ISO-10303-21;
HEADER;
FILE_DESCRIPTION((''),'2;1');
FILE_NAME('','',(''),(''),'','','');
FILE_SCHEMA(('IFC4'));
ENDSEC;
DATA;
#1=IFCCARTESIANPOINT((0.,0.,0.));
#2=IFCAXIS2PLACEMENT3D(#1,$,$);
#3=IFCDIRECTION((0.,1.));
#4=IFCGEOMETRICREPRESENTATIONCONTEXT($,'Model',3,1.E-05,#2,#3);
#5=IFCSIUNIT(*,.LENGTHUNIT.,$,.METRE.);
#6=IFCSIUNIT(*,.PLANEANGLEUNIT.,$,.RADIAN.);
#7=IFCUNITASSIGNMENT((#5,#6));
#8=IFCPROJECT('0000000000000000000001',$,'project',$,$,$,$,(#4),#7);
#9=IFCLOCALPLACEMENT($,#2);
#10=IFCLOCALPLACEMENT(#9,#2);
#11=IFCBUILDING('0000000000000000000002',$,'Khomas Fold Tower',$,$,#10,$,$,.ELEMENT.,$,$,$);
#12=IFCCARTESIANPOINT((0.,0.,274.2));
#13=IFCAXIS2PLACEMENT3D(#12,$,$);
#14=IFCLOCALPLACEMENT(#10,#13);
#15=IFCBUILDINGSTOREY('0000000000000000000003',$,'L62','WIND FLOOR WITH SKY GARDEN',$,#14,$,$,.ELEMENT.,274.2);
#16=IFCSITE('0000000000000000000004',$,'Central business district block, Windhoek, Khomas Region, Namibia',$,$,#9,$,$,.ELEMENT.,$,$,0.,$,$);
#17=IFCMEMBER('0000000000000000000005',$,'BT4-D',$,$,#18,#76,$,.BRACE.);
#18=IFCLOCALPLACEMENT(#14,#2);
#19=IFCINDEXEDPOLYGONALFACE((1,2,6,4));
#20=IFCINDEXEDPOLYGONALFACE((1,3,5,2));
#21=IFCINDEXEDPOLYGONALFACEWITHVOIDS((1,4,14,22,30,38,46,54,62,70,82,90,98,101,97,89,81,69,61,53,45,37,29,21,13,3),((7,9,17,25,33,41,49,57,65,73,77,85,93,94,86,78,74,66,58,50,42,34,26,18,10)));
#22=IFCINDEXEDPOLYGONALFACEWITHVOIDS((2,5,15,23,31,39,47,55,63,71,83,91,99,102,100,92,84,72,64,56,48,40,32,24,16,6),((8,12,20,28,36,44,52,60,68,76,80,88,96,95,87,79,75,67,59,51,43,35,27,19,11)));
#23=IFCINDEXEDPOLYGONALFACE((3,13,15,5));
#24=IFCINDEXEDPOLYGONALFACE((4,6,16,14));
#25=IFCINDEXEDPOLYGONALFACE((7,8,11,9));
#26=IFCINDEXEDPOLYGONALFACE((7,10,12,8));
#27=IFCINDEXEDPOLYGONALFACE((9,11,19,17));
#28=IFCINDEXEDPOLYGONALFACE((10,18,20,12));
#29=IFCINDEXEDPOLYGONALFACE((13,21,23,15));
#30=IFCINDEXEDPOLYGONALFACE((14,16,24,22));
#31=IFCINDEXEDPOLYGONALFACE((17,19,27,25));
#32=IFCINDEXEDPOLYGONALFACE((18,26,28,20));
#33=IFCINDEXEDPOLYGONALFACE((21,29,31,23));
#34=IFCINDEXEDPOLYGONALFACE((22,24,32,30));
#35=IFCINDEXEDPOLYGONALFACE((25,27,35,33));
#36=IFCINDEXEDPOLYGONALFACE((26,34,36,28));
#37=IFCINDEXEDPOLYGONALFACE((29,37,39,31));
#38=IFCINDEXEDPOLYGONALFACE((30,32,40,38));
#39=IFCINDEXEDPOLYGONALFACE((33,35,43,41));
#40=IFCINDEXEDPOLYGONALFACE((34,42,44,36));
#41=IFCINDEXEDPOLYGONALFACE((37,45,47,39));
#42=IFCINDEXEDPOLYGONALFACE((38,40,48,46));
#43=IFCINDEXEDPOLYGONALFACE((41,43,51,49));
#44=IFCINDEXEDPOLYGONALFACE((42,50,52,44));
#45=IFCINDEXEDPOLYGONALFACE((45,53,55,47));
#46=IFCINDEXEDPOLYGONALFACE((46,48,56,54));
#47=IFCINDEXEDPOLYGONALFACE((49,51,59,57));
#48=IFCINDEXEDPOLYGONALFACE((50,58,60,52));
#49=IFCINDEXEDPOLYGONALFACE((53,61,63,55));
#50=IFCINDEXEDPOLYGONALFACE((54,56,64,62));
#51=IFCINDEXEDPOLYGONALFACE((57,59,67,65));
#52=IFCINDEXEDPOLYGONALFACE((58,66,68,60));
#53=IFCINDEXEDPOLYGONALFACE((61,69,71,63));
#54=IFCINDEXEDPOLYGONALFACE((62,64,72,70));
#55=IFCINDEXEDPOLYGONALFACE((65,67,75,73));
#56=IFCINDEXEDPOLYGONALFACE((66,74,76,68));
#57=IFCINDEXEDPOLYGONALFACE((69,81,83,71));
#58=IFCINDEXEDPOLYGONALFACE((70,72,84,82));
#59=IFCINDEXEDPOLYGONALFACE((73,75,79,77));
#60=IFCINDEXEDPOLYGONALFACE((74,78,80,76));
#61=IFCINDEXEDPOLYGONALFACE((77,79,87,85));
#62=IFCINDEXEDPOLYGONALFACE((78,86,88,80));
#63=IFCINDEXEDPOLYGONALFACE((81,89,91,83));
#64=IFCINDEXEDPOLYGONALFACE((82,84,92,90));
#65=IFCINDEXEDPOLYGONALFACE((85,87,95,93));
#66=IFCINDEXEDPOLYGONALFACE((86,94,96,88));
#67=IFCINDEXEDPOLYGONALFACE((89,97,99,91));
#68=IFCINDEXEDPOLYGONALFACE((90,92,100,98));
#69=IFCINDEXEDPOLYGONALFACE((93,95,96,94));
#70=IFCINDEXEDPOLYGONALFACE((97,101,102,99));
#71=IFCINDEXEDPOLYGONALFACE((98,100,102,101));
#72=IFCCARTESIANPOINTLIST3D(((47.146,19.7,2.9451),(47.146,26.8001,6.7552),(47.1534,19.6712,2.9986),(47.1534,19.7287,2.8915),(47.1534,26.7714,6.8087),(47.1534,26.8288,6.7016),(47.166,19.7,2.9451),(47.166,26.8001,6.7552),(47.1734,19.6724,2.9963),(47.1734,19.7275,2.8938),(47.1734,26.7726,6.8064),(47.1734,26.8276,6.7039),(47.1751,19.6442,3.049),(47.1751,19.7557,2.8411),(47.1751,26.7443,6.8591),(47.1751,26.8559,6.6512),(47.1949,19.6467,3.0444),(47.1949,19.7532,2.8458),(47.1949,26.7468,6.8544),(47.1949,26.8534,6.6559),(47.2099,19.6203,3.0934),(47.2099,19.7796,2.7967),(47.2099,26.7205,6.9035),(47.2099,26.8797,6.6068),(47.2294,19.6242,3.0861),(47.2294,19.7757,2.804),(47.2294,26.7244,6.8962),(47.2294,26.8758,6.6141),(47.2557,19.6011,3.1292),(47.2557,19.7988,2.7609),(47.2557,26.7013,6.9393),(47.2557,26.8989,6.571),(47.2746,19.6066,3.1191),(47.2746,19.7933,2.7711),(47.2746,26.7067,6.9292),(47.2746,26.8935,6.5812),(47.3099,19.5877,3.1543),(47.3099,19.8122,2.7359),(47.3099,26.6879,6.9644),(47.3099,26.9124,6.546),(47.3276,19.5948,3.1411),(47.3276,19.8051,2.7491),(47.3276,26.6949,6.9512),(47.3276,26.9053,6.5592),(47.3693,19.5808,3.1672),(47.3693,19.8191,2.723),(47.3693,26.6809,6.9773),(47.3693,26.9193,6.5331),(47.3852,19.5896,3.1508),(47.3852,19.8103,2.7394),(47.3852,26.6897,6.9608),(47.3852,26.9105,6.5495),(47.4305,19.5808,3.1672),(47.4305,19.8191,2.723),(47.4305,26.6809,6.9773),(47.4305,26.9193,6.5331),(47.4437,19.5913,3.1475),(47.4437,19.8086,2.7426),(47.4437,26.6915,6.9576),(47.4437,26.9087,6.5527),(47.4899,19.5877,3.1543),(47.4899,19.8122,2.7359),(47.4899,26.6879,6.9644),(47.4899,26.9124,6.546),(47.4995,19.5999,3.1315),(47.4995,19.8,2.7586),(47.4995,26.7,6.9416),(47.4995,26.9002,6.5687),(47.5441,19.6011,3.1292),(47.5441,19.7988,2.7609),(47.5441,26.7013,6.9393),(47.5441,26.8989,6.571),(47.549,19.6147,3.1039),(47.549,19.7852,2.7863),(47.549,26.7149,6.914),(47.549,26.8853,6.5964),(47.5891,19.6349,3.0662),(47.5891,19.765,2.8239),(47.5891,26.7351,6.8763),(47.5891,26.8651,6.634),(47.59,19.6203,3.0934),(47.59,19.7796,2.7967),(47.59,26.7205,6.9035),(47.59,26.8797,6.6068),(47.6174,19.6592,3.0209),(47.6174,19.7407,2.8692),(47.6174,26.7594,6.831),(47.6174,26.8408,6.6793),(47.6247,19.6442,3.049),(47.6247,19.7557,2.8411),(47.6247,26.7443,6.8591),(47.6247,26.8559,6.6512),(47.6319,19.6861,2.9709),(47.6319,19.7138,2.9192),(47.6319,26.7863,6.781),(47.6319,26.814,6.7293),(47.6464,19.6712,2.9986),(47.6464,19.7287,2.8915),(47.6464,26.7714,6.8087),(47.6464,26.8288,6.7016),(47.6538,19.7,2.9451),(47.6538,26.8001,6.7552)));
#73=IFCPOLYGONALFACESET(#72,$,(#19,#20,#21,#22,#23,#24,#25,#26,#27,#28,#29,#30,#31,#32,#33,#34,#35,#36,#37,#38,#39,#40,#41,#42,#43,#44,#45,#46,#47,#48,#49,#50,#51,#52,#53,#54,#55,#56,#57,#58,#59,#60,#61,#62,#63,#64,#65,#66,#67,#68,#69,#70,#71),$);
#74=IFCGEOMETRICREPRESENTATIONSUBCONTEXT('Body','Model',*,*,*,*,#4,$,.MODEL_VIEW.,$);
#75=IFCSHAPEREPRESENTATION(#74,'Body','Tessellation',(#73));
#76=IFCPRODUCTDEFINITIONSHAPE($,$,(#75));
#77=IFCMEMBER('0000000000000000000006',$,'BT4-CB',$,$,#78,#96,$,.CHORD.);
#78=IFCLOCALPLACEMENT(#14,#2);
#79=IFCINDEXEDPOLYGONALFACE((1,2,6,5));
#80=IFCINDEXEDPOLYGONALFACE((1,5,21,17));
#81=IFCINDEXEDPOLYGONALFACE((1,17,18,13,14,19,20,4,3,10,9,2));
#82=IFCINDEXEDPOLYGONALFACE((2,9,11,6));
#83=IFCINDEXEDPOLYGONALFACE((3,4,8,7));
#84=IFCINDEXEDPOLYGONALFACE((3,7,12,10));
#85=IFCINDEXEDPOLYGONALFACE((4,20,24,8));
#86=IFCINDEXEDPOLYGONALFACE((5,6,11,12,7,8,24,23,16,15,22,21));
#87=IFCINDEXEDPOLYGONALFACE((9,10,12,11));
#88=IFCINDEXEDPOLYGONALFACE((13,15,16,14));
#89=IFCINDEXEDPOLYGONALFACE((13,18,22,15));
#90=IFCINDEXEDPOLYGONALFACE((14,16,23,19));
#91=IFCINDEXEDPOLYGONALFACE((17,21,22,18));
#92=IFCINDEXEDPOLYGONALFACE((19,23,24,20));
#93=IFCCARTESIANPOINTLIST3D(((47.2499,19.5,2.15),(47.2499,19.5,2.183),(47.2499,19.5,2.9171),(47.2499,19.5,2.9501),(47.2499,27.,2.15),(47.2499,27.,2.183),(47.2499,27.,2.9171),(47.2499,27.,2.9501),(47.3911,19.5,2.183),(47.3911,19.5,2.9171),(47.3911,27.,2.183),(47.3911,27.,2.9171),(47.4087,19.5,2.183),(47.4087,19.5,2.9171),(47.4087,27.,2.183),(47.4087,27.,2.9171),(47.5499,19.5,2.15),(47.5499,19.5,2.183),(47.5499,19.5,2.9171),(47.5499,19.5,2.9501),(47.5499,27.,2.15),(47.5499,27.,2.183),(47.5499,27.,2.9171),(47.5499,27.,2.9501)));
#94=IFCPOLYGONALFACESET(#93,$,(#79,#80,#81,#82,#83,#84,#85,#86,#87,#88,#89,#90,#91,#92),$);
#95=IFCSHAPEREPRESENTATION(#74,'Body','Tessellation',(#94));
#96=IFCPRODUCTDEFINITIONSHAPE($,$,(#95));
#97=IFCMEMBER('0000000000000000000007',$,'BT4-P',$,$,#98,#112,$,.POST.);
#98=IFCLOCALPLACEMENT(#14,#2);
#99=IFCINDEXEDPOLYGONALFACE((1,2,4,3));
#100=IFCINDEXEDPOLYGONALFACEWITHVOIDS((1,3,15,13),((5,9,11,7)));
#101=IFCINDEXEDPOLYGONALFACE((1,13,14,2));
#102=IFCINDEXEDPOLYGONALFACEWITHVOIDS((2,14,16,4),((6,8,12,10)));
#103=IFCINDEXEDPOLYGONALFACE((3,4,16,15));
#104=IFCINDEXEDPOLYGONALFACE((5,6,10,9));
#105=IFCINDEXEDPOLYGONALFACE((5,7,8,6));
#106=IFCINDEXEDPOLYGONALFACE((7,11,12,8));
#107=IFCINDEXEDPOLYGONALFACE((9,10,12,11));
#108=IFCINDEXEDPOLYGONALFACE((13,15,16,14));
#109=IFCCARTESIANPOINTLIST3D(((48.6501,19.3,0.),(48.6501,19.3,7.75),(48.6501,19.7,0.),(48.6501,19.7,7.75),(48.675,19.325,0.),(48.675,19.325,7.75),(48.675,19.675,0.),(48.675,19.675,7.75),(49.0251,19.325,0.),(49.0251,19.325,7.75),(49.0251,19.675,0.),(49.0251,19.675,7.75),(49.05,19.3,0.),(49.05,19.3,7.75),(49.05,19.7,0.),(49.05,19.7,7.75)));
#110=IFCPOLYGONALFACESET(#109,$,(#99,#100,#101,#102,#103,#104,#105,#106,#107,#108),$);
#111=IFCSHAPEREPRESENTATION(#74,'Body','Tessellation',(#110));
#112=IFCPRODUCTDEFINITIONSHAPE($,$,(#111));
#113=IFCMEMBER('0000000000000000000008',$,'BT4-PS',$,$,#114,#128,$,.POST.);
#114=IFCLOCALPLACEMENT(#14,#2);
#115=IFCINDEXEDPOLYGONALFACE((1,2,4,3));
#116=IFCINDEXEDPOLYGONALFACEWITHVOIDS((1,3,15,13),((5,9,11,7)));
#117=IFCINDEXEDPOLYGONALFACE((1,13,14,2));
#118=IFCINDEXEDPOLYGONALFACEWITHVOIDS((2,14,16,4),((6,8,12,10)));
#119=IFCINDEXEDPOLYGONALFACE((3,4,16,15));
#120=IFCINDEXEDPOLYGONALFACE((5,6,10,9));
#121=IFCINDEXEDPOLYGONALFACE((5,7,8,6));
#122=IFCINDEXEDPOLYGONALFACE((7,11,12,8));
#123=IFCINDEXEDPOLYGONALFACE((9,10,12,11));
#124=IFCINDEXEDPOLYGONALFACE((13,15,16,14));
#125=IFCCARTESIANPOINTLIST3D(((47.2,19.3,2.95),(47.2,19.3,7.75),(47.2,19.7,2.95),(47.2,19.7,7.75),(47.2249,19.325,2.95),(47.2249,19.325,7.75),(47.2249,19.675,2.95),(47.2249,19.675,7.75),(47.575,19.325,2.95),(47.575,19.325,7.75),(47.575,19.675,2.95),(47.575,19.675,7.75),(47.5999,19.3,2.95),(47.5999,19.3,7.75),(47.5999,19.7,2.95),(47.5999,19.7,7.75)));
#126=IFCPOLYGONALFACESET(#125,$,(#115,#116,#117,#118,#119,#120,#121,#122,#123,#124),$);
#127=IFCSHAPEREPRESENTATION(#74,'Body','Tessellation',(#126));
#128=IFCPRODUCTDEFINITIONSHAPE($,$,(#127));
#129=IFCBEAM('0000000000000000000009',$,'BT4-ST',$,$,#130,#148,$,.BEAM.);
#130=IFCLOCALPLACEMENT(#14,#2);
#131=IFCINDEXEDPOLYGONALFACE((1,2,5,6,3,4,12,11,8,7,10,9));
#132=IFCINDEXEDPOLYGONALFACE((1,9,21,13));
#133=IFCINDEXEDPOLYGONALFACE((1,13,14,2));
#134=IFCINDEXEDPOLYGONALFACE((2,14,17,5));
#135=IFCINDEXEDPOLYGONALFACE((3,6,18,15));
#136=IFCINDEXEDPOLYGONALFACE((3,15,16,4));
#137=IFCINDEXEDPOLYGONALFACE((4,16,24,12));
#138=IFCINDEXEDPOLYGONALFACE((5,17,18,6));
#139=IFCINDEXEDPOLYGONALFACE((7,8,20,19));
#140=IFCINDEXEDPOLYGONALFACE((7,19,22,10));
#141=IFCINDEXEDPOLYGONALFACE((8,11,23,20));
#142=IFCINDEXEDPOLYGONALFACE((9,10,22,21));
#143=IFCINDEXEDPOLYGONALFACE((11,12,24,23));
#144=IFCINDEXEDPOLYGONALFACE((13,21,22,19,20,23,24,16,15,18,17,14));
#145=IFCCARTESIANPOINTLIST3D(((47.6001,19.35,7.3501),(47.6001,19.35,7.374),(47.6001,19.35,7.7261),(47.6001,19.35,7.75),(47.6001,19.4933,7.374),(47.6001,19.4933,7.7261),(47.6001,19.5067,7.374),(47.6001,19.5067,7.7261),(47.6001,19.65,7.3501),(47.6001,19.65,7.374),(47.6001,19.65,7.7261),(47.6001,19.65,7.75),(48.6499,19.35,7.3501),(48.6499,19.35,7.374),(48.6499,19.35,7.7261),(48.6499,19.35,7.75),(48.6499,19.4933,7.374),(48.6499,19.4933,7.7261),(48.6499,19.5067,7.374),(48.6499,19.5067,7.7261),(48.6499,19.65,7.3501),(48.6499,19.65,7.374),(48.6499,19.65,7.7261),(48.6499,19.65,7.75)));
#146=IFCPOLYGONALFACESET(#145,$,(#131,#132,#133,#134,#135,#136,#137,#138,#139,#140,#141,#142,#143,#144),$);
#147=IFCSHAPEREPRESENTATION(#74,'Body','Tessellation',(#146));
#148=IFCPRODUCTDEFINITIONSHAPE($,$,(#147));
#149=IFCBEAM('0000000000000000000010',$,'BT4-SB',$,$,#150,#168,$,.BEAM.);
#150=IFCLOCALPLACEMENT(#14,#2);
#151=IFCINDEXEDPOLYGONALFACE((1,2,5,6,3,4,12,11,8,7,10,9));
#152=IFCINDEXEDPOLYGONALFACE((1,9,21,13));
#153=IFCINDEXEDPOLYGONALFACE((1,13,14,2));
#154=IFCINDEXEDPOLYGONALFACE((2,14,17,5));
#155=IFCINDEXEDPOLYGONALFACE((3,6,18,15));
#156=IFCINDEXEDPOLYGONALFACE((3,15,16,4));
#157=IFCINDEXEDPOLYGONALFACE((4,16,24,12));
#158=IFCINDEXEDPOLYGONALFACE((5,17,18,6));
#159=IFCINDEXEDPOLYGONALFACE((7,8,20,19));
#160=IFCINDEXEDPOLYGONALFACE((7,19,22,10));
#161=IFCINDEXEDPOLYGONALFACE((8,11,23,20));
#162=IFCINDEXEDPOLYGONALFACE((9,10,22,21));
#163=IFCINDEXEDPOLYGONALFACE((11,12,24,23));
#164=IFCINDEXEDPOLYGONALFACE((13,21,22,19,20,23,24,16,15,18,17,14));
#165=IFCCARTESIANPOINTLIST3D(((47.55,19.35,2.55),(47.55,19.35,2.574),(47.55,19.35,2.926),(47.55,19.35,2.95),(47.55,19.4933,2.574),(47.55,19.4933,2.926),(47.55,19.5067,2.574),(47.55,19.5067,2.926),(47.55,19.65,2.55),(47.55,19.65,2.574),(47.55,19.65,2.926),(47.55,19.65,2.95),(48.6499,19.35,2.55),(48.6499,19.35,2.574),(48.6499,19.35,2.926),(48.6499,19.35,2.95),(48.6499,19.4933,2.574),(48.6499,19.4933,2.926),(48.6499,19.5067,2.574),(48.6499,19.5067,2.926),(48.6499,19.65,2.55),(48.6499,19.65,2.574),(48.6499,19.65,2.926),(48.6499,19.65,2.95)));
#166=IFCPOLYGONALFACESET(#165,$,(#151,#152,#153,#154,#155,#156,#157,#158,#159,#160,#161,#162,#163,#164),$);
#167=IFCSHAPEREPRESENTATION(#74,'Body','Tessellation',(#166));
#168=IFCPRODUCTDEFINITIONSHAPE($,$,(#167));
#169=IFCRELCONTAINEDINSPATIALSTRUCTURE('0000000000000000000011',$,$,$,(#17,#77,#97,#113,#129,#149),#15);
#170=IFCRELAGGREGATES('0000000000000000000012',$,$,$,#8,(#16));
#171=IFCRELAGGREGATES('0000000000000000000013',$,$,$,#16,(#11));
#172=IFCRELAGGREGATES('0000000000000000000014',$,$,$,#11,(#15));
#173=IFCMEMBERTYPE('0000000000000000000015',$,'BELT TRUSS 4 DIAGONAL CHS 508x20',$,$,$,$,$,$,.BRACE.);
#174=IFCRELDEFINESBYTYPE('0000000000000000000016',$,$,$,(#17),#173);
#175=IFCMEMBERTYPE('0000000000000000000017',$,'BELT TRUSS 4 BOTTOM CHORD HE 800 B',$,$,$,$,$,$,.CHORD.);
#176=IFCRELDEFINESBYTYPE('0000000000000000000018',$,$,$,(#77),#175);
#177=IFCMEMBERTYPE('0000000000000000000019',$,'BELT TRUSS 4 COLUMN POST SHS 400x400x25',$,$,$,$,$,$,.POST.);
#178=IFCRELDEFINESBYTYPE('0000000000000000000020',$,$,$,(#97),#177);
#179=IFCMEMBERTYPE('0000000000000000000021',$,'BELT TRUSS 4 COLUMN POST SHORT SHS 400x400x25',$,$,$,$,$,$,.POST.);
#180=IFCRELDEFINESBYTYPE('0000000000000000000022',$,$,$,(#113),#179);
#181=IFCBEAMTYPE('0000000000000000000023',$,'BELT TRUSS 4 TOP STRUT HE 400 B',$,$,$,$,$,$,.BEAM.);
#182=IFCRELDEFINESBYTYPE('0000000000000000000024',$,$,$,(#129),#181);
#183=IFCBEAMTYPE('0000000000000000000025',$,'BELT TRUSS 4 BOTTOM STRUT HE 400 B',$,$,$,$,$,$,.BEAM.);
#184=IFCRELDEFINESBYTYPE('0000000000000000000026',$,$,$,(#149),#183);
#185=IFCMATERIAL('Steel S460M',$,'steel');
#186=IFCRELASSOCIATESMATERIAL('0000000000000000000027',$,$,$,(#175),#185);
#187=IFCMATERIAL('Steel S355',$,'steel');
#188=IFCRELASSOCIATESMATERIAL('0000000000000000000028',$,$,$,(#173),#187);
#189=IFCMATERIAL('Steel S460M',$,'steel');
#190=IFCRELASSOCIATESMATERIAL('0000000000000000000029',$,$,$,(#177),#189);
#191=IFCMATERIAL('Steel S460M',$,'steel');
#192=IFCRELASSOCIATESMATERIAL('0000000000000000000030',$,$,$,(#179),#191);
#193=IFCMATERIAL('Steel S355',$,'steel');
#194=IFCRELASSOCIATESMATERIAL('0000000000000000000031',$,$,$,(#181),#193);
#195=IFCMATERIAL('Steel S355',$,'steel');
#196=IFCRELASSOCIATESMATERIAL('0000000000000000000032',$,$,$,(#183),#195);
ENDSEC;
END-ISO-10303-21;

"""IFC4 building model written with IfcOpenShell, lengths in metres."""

from ifc_helpers import new_model, si_unit, direction, frame, origin, origin_2d, place, context, subcontext, project, spatial, hollow_rectangle, hollow_circle, i_section, extrude, source, transform, mapped, material, material_profile, profile_set, type_object, element, save


model = new_model("IFC4")

# Units and contexts
model_context = context("Model", 3, precision=1e-05, world=origin(), true_north=direction((0.0, 1.0)))
body_context = subcontext(model_context, "Body", "Model", "MODEL_VIEW")
ifc_project = project(units=[si_unit("LENGTHUNIT", "METRE"), si_unit("PLANEANGLEUNIT", "RADIAN")], contexts=[model_context])

# Site, building, storey
site_placement = place(None, origin())
site = spatial("IfcSite", under=ifc_project, at=site_placement, Name="Central business district block, Windhoek, Khomas Region, Namibia", CompositionType="ELEMENT", RefElevation=0.0)
building_placement = place(site_placement, origin())
building = spatial("IfcBuilding", under=site, at=building_placement, Name="Khomas Fold Tower", CompositionType="ELEMENT")
storey_placement = place(building_placement, frame((0.0, 0.0, 274.2)))
storey = spatial("IfcBuildingStorey", under=building, at=storey_placement, Name="L62", Description="WIND FLOOR WITH SKY GARDEN", CompositionType="ELEMENT", Elevation=274.2)

# Members
ifc_material_1 = material(Name="Steel S460M", Category="steel")
ifc_material_profile_1 = material_profile(ifc_material_1, i_section(OverallWidth=0.3, OverallDepth=0.8, WebThickness=0.0176, FlangeThickness=0.033, at=origin_2d()), Name="HE 800 B")
ifc_profile_set_1 = profile_set([ifc_material_profile_1], Name="Steel S460M")
member_type_1 = type_object("IfcMemberType", Name="BELT TRUSS 4 BOTTOM CHORD HE 800 B", PredefinedType="CHORD", material=ifc_profile_set_1)
ifc_material_2 = material(Name="Steel S355", Category="steel")
ifc_material_profile_2 = material_profile(ifc_material_2, hollow_circle(Radius=0.2539, WallThickness=0.02, at=origin_2d()), Name="CHS 508x20")
ifc_profile_set_2 = profile_set([ifc_material_profile_2], Name="Steel S355")
member_type_2 = type_object("IfcMemberType", Name="BELT TRUSS 4 DIAGONAL CHS 508x20", PredefinedType="BRACE", material=ifc_profile_set_2)
shared_shape_1 = source(origin(), body_context, "Body", "SweptSolid", [
    extrude(hollow_circle(Radius=0.2539, WallThickness=0.02, at=origin_2d()), origin(), (0.0, 0.0, 1.0), 8.0579),
])
for number, where, z_axis, x_axis, name in (
    (1, (47.3999, 19.7, 2.9451), (0.0, 0.881147, 0.472842), (-1.0, 0.0, 0.0), "BT4-D"),
):
    element("IfcMember", number, at=place(storey_placement, frame(where, z_axis=z_axis, x_axis=x_axis)), inside=storey, type_object=member_type_2, Name=name, PredefinedType="BRACE", context=body_context, shape_type="MappedRepresentation", body=[
        mapped(shared_shape_1, transform((0.0, 0.0, 0.0))),
    ])
shared_shape_2 = source(origin(), body_context, "Body", "SweptSolid", [
    extrude(i_section(OverallWidth=0.3, OverallDepth=0.8, WebThickness=0.0176, FlangeThickness=0.033, at=origin_2d()), origin(), (0.0, 0.0, 1.0), 7.5),
])
member_1_placement = place(storey_placement, frame((47.3999, 19.5, 2.55), z_axis=(0.0, 1.0, 0.0), x_axis=(-1.0, 0.0, 0.0)))
element("IfcMember", 2, at=member_1_placement, inside=storey, type_object=member_type_1, Name="BT4-CB", PredefinedType="CHORD", context=body_context, shape_type="MappedRepresentation", body=[
    mapped(shared_shape_2, transform((0.0, 0.0, 0.0))),
])
ifc_material_3 = material(Name="Steel S460M", Category="steel")
ifc_material_profile_3 = material_profile(ifc_material_3, hollow_rectangle(XDim=0.3999, YDim=0.3999, WallThickness=0.0249, at=origin_2d()), Name="SHS 400x400x25")
ifc_profile_set_3 = profile_set([ifc_material_profile_3], Name="Steel S460M")
member_type_3 = type_object("IfcMemberType", Name="BELT TRUSS 4 COLUMN POST SHS 400x400x25", PredefinedType="POST", material=ifc_profile_set_3)
shared_shape_3 = source(origin(), body_context, "Body", "SweptSolid", [
    extrude(hollow_rectangle(XDim=0.3999, YDim=0.3999, WallThickness=0.0249, at=origin_2d()), origin(), (0.0, 0.0, 1.0), 7.75),
])
member_2_placement = place(storey_placement, frame((48.8501, 19.5, 0.0), z_axis=(0.0, 0.0, 1.0), x_axis=(1.0, 0.0, 0.0)))
element("IfcMember", 3, at=member_2_placement, inside=storey, type_object=member_type_3, Name="BT4-P", PredefinedType="POST", context=body_context, shape_type="MappedRepresentation", body=[
    mapped(shared_shape_3, transform((0.0, 0.0, 0.0))),
])
ifc_material_4 = material(Name="Steel S460M", Category="steel")
ifc_material_profile_4 = material_profile(ifc_material_4, hollow_rectangle(XDim=0.3999, YDim=0.3999, WallThickness=0.0249, at=origin_2d()), Name="SHS 400x400x25")
ifc_profile_set_4 = profile_set([ifc_material_profile_4], Name="Steel S460M")
member_type_4 = type_object("IfcMemberType", Name="BELT TRUSS 4 COLUMN POST SHORT SHS 400x400x25", PredefinedType="POST", material=ifc_profile_set_4)
shared_shape_4 = source(origin(), body_context, "Body", "SweptSolid", [
    extrude(hollow_rectangle(XDim=0.3999, YDim=0.3999, WallThickness=0.0249, at=origin_2d()), origin(), (0.0, 0.0, 1.0), 4.8),
])
member_3_placement = place(storey_placement, frame((47.3999, 19.5, 2.95), z_axis=(0.0, 0.0, 1.0), x_axis=(1.0, 0.0, 0.0)))
element("IfcMember", 4, at=member_3_placement, inside=storey, type_object=member_type_4, Name="BT4-PS", PredefinedType="POST", context=body_context, shape_type="MappedRepresentation", body=[
    mapped(shared_shape_4, transform((0.0, 0.0, 0.0))),
])

# Beams
ifc_material_5 = material(Name="Steel S355", Category="steel")
ifc_material_profile_5 = material_profile(ifc_material_5, i_section(OverallWidth=0.3, OverallDepth=0.3999, WebThickness=0.0134, FlangeThickness=0.0239, at=origin_2d()), Name="HE 400 B")
ifc_profile_set_5 = profile_set([ifc_material_profile_5], Name="Steel S355")
beam_type_1 = type_object("IfcBeamType", Name="BELT TRUSS 4 TOP STRUT HE 400 B", PredefinedType="BEAM", material=ifc_profile_set_5)
shared_shape_5 = source(origin(), body_context, "Body", "SweptSolid", [
    extrude(i_section(OverallWidth=0.3, OverallDepth=0.3999, WebThickness=0.0134, FlangeThickness=0.0239, at=origin_2d()), origin(), (0.0, 0.0, 1.0), 1.0498),
])
beam_1_placement = place(storey_placement, frame((47.6001, 19.5, 7.55), z_axis=(1.0, 0.0, 0.0), x_axis=(0.0, 1.0, 0.0)))
element("IfcBeam", 5, at=beam_1_placement, inside=storey, type_object=beam_type_1, Name="BT4-ST", PredefinedType="BEAM", context=body_context, shape_type="MappedRepresentation", body=[
    mapped(shared_shape_5, transform((0.0, 0.0, 0.0))),
])
ifc_material_6 = material(Name="Steel S355", Category="steel")
ifc_material_profile_6 = material_profile(ifc_material_6, i_section(OverallWidth=0.3, OverallDepth=0.3999, WebThickness=0.0134, FlangeThickness=0.0239, at=origin_2d()), Name="HE 400 B")
ifc_profile_set_6 = profile_set([ifc_material_profile_6], Name="Steel S355")
beam_type_2 = type_object("IfcBeamType", Name="BELT TRUSS 4 BOTTOM STRUT HE 400 B", PredefinedType="BEAM", material=ifc_profile_set_6)
shared_shape_6 = source(origin(), body_context, "Body", "SweptSolid", [
    extrude(i_section(OverallWidth=0.3, OverallDepth=0.3999, WebThickness=0.0134, FlangeThickness=0.0239, at=origin_2d()), origin(), (0.0, 0.0, 1.0), 1.0999),
])
beam_2_placement = place(storey_placement, frame((47.55, 19.5, 2.75), z_axis=(1.0, 0.0, 0.0), x_axis=(0.0, 1.0, 0.0)))
element("IfcBeam", 6, at=beam_2_placement, inside=storey, type_object=beam_type_2, Name="BT4-SB", PredefinedType="BEAM", context=body_context, shape_type="MappedRepresentation", body=[
    mapped(shared_shape_6, transform((0.0, 0.0, 0.0))),
])

save(model, "model.ifc")
